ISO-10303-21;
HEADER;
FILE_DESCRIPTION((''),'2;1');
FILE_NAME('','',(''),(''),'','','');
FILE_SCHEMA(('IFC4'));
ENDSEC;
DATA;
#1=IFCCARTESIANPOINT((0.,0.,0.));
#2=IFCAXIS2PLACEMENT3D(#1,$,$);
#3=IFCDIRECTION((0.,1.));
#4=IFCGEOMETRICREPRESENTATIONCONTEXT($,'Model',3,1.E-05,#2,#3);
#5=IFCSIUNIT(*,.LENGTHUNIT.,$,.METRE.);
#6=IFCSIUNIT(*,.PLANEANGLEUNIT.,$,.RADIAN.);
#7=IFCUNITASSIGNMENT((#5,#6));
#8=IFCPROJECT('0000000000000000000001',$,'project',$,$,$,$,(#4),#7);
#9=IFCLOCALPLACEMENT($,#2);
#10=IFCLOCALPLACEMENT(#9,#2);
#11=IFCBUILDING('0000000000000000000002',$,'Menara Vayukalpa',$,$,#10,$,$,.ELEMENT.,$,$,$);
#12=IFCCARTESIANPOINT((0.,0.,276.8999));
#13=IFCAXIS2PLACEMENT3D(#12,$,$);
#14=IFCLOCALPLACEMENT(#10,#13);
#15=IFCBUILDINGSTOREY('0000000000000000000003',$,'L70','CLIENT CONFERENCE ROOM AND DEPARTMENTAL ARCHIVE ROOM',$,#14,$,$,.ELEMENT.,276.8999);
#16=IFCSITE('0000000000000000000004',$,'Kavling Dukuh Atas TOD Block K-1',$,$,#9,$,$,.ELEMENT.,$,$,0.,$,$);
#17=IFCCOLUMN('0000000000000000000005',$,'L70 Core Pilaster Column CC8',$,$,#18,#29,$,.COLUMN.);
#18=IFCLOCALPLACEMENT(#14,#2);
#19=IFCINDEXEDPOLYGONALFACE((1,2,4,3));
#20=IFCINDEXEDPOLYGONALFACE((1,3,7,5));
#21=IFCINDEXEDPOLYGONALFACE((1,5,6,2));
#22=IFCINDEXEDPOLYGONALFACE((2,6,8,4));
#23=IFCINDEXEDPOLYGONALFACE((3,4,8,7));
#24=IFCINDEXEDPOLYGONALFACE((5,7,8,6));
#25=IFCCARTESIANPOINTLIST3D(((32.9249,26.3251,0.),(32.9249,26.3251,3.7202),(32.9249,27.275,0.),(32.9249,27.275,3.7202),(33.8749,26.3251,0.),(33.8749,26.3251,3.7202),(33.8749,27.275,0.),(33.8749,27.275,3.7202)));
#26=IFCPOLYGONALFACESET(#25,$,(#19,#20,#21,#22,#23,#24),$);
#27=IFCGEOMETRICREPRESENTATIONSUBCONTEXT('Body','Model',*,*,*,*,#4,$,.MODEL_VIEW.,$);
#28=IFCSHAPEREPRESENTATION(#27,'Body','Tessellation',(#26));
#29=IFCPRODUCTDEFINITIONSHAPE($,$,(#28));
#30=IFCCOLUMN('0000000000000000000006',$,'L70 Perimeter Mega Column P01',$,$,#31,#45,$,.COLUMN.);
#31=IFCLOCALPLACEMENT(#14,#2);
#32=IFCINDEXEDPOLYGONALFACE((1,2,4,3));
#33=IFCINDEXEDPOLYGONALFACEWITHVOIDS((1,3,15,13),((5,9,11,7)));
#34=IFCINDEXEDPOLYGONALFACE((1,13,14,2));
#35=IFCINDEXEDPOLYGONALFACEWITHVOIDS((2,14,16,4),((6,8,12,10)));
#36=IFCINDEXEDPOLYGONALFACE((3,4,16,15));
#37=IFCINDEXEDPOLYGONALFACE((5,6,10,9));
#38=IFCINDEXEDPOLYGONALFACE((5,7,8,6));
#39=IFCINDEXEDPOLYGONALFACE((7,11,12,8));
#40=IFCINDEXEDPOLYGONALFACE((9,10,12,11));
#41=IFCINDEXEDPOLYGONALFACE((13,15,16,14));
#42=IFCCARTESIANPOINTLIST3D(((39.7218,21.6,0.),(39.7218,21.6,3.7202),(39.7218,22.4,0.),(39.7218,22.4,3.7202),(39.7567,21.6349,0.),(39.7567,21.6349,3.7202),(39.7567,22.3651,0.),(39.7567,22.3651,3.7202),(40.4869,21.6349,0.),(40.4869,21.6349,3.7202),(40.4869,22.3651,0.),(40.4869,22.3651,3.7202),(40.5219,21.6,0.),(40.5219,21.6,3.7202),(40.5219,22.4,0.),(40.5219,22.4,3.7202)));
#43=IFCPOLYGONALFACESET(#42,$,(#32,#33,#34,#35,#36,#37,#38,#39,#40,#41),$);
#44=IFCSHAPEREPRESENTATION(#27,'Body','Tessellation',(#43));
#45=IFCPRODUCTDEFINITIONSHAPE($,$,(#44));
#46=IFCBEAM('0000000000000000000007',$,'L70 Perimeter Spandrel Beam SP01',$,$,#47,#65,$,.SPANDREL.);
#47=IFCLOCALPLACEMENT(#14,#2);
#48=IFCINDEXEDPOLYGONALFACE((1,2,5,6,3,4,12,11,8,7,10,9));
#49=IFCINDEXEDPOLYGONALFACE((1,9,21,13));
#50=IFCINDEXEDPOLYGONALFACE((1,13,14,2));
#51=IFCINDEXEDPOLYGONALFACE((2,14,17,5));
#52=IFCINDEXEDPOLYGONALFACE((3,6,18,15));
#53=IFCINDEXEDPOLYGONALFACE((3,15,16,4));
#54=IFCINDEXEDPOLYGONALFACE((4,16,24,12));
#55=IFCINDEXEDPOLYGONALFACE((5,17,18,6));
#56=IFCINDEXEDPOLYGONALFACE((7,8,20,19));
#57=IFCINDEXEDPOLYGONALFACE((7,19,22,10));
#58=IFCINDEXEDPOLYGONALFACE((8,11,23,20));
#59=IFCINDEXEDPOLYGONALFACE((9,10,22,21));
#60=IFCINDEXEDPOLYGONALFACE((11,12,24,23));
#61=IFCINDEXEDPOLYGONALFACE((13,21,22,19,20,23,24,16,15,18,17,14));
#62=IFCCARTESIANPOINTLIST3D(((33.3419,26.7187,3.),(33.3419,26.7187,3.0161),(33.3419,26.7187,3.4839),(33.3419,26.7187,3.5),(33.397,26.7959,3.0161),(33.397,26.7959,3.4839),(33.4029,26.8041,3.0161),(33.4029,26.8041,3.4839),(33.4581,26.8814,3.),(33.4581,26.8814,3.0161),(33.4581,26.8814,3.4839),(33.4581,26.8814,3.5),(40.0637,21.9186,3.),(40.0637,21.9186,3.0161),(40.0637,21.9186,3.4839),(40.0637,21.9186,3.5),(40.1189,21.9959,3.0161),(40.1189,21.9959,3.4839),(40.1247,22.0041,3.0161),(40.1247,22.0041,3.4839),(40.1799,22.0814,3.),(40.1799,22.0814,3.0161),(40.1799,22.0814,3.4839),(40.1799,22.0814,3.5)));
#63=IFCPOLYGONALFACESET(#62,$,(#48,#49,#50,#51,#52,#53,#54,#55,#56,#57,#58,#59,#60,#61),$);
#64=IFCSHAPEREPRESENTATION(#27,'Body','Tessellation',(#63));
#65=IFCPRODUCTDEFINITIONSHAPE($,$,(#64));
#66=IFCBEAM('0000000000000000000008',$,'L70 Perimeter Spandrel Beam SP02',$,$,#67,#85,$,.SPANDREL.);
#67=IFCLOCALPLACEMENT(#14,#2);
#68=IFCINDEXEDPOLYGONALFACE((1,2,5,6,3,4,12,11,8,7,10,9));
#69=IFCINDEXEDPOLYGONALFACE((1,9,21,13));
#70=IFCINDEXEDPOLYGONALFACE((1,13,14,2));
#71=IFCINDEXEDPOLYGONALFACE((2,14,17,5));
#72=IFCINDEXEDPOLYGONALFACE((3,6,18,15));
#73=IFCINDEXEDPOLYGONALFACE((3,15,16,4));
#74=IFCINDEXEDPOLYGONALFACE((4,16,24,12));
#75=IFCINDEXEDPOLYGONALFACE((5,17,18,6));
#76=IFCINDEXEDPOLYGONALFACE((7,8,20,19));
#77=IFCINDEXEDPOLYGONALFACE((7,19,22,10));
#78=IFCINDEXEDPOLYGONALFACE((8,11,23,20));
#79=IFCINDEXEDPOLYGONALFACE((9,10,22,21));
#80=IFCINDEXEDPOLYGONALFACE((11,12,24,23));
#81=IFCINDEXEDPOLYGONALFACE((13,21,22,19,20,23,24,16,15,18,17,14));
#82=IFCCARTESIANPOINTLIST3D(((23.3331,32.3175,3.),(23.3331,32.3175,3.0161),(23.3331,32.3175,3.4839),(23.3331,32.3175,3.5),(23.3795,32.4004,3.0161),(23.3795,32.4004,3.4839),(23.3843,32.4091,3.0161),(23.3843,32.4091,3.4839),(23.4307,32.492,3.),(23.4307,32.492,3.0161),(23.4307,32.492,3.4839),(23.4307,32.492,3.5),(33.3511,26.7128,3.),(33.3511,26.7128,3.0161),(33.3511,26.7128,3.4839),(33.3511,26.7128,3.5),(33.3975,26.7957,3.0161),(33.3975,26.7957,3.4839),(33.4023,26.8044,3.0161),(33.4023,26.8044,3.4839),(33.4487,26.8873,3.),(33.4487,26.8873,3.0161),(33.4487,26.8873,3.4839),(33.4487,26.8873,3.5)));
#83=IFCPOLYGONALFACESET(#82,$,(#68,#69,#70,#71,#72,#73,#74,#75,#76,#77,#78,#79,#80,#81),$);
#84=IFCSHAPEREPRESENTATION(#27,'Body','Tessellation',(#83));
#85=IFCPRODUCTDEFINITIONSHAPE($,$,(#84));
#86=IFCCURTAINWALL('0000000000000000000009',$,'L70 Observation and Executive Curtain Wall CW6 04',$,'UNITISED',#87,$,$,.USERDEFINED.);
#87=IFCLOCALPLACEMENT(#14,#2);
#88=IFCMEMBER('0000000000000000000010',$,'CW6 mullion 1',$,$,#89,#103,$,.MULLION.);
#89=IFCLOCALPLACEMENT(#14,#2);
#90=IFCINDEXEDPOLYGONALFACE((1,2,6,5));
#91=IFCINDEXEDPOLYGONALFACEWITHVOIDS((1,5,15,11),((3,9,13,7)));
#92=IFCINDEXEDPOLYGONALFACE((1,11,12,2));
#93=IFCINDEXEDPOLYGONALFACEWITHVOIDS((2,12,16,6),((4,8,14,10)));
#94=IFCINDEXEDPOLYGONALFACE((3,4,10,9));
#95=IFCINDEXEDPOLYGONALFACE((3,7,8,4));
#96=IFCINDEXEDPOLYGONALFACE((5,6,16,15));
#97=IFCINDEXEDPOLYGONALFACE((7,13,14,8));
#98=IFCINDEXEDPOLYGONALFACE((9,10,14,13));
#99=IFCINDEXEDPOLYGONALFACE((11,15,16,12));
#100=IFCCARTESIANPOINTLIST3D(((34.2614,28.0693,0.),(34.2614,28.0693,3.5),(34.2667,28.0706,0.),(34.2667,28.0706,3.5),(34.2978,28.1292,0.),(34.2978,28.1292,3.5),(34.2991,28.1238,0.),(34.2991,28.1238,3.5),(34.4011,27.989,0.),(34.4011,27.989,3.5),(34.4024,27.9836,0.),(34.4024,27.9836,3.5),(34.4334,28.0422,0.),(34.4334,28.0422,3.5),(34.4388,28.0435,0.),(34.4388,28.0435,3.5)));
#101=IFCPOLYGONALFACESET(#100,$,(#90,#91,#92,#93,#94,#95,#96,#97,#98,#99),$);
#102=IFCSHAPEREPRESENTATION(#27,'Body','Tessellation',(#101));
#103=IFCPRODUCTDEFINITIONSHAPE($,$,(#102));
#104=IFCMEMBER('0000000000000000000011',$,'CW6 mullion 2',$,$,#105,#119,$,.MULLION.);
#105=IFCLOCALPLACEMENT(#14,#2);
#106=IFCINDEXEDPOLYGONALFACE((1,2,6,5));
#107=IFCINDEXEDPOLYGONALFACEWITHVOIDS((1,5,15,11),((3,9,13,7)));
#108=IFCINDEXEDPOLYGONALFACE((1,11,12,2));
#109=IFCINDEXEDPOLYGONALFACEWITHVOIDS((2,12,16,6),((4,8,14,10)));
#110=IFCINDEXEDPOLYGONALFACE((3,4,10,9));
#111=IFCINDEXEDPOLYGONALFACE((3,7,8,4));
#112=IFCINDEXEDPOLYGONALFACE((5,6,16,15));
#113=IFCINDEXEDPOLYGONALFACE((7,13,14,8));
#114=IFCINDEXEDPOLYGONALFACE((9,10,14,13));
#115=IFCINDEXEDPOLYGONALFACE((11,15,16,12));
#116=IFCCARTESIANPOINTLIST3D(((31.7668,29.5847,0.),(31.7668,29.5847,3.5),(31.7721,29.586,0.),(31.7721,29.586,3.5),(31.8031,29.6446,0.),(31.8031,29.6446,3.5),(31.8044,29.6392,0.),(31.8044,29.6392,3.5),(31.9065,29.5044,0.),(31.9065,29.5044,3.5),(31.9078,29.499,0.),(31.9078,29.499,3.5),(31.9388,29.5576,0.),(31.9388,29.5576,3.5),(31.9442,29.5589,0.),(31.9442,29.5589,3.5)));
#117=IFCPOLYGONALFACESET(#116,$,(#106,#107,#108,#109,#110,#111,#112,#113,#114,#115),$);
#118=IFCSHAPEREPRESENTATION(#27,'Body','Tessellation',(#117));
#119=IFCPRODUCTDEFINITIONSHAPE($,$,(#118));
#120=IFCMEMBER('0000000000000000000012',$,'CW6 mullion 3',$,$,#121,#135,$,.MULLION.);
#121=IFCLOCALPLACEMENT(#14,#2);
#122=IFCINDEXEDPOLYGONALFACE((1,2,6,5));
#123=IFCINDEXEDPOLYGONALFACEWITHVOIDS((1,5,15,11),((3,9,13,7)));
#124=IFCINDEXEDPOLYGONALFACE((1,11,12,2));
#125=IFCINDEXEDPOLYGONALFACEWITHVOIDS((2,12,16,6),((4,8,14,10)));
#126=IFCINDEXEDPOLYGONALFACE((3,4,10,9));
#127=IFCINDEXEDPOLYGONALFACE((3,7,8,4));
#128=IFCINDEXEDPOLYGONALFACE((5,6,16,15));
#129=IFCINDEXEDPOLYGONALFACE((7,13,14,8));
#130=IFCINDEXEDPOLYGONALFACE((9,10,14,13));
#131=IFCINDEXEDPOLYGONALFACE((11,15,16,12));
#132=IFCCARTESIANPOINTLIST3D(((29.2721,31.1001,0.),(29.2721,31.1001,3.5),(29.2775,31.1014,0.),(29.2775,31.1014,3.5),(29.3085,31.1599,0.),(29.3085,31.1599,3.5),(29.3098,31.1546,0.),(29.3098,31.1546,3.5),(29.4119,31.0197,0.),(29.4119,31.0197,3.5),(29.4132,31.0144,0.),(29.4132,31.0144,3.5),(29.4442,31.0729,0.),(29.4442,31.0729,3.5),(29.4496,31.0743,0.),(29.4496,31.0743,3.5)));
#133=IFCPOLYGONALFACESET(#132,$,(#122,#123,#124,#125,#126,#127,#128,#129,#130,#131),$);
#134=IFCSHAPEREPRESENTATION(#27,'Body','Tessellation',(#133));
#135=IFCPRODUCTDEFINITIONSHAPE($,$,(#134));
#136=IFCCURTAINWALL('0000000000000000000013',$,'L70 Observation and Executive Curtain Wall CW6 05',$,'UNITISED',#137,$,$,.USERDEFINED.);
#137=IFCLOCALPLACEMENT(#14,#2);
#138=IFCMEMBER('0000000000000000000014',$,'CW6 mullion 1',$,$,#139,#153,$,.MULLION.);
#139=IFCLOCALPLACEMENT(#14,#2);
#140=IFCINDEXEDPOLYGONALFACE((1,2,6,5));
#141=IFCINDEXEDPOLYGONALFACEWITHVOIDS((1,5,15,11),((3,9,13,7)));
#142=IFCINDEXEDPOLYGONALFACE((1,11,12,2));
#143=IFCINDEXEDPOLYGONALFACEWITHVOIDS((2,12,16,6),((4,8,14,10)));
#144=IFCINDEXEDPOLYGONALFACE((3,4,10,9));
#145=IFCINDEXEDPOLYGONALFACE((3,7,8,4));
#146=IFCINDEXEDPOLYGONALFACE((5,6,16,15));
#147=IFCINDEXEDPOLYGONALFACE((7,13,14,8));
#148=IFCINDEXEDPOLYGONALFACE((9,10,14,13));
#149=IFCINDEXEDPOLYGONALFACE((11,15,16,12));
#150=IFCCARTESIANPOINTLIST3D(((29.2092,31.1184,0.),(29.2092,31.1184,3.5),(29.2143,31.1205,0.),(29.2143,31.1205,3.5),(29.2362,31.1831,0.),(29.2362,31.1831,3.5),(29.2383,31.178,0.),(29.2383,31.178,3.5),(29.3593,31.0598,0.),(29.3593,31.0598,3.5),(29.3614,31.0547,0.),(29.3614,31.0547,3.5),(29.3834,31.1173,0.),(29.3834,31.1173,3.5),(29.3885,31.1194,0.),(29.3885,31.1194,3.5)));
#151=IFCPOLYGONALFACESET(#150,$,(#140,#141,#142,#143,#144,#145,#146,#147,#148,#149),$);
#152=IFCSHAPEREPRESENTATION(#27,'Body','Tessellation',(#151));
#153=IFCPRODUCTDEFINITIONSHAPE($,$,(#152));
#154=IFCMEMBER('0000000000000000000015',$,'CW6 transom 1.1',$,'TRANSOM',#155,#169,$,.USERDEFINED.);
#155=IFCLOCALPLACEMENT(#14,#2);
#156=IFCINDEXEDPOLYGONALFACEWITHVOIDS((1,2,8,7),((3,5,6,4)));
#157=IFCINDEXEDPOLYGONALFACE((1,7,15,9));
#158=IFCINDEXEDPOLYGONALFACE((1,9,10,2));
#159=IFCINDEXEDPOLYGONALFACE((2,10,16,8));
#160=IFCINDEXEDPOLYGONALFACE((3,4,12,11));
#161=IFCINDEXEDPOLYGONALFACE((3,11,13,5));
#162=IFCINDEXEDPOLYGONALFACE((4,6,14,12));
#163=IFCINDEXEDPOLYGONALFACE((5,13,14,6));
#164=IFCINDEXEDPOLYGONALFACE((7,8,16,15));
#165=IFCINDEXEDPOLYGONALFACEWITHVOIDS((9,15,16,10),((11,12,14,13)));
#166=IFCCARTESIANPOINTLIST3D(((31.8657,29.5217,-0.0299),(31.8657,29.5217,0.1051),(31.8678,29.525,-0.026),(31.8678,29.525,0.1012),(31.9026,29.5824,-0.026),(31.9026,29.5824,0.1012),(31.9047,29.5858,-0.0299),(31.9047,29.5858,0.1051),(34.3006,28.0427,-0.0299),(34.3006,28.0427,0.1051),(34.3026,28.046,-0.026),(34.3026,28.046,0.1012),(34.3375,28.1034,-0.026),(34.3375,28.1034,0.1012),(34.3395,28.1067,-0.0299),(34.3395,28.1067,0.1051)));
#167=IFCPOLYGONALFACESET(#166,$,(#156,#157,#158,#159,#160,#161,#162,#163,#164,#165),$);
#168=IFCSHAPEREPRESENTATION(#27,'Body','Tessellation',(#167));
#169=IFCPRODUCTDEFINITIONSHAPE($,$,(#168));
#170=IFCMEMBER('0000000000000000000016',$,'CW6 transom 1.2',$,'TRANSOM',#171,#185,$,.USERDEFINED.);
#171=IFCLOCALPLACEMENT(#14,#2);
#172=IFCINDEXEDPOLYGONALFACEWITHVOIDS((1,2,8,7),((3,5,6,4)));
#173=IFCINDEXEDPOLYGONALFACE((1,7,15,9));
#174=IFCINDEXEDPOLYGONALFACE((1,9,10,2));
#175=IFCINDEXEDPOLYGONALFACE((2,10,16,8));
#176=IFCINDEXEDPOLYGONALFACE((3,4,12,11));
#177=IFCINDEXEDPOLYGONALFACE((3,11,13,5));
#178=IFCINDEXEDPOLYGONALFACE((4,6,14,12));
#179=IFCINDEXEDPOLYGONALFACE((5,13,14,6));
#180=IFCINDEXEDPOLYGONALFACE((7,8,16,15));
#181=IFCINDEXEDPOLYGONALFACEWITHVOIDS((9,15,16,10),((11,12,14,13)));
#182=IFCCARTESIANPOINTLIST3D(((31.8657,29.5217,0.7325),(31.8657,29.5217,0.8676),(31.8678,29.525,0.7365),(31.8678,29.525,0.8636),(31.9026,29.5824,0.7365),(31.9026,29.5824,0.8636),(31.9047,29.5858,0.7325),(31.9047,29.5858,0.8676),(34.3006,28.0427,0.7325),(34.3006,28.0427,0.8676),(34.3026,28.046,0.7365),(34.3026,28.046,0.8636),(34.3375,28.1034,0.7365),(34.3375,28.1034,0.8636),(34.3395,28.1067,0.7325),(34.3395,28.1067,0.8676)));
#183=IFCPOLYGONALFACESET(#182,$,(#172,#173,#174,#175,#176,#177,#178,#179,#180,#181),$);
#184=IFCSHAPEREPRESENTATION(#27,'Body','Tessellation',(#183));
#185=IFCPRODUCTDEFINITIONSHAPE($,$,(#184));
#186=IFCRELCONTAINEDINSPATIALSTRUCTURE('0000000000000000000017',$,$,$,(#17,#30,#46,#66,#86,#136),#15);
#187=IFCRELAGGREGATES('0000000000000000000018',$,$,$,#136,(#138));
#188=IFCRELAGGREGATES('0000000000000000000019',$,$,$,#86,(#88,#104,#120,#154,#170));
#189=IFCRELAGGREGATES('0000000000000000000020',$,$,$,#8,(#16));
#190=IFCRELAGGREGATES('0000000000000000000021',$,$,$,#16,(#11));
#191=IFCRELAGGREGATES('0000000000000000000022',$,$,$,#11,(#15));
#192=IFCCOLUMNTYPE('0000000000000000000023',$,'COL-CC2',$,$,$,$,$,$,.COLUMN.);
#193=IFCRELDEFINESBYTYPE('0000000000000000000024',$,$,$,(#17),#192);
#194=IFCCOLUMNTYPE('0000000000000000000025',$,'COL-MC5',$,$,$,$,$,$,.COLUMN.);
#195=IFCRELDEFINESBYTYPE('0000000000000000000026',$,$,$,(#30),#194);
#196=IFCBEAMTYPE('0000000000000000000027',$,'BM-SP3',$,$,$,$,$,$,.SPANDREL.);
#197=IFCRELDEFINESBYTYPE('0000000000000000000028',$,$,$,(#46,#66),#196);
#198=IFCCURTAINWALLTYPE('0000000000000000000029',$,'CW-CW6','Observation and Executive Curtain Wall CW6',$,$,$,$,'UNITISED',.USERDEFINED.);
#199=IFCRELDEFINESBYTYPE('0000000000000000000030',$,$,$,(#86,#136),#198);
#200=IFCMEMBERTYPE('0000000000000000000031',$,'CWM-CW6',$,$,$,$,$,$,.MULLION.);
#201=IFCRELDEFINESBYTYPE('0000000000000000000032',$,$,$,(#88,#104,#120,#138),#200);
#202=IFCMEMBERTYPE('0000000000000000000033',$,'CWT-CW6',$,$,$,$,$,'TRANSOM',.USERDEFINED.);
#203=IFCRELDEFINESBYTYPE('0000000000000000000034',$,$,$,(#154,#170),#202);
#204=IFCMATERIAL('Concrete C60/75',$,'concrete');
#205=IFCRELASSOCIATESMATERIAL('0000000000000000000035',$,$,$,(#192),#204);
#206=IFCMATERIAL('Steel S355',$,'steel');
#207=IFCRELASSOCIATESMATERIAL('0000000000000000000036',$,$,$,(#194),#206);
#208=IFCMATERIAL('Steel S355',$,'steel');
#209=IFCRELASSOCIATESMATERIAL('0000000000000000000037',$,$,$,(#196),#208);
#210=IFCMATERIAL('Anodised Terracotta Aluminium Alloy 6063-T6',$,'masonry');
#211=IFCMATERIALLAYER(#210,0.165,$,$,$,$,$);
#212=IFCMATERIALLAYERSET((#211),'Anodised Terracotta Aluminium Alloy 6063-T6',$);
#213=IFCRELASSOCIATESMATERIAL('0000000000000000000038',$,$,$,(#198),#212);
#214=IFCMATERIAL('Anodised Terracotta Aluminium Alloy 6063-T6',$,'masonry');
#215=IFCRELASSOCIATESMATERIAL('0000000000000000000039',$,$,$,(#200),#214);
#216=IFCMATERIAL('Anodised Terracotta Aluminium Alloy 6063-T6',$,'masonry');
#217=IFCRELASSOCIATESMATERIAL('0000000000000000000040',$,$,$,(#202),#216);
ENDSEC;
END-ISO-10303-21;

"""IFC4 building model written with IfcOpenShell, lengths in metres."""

from ifc_helpers import new_model, si_unit, direction, frame, origin, origin_2d, place, context, subcontext, project, spatial, rectangle, hollow_rectangle, i_section, extrude, material, layer, layer_set, material_profile, profile_set, type_object, element, aggregate, save


model = new_model("IFC4")

# Units and contexts
model_context = context("Model", 3, precision=1e-05, world=origin(), true_north=direction((0.0, 1.0)))
body_context = subcontext(model_context, "Body", "Model", "MODEL_VIEW")
ifc_project = project(units=[si_unit("LENGTHUNIT", "METRE"), si_unit("PLANEANGLEUNIT", "RADIAN")], contexts=[model_context])

# Site, building, storey
site_placement = place(None, origin())
site = spatial("IfcSite", under=ifc_project, at=site_placement, Name="Kavling Dukuh Atas TOD Block K-1", CompositionType="ELEMENT", RefElevation=0.0)
building_placement = place(site_placement, origin())
building = spatial("IfcBuilding", under=site, at=building_placement, Name="Menara Vayukalpa", CompositionType="ELEMENT")
storey_placement = place(building_placement, frame((0.0, 0.0, 276.8999)))
storey = spatial("IfcBuildingStorey", under=building, at=storey_placement, Name="L70", Description="CLIENT CONFERENCE ROOM AND DEPARTMENTAL ARCHIVE ROOM", CompositionType="ELEMENT", Elevation=276.8999)

# Columns
ifc_material_1 = material(Name="Concrete C60/75", Category="concrete")
ifc_material_profile_1 = material_profile(ifc_material_1, rectangle(XDim=0.95, YDim=0.95, at=origin_2d()), Name="RC 950x950")
ifc_profile_set_1 = profile_set([ifc_material_profile_1], Name="Concrete C60/75")
column_type_1 = type_object("IfcColumnType", Name="COL-CC2", PredefinedType="COLUMN", material=ifc_profile_set_1)
column_1_placement = place(storey_placement, frame((33.3999, 26.8, 0.0), z_axis=(0.0, 0.0, 1.0), x_axis=(1.0, 0.0, 0.0)))
element("IfcColumn", 1, at=column_1_placement, inside=storey, type_object=column_type_1, Name="L70 Core Pilaster Column CC8", PredefinedType="COLUMN", context=body_context, shape_type="SweptSolid", body=[
    extrude(rectangle(XDim=0.95, YDim=0.95, at=origin_2d()), origin(), (0.0, 0.0, 1.0), 3.7202),
])
ifc_material_2 = material(Name="Steel S355", Category="steel")
ifc_material_profile_2 = material_profile(ifc_material_2, hollow_rectangle(XDim=0.8, YDim=0.8, WallThickness=0.0349, at=origin_2d()), Name="BOX 800x800x35")
ifc_profile_set_2 = profile_set([ifc_material_profile_2], Name="Steel S355")
column_type_2 = type_object("IfcColumnType", Name="COL-MC5", PredefinedType="COLUMN", material=ifc_profile_set_2)
column_2_placement = place(storey_placement, frame((40.1218, 22.0, 0.0), z_axis=(0.0, 0.0, 1.0), x_axis=(1.0, 0.0, 0.0)))
element("IfcColumn", 2, at=column_2_placement, inside=storey, type_object=column_type_2, Name="L70 Perimeter Mega Column P01", PredefinedType="COLUMN", context=body_context, shape_type="SweptSolid", body=[
    extrude(hollow_rectangle(XDim=0.8, YDim=0.8, WallThickness=0.0349, at=origin_2d()), origin(), (0.0, 0.0, 1.0), 3.7202),
])

# Beams
ifc_material_3 = material(Name="Steel S355", Category="steel")
ifc_material_profile_3 = material_profile(ifc_material_3, i_section(OverallWidth=0.2, OverallDepth=0.5, WebThickness=0.01, FlangeThickness=0.0161, at=origin_2d()), Name="WF 500x200x10x16")
ifc_profile_set_3 = profile_set([ifc_material_profile_3], Name="Steel S355")
beam_type = type_object("IfcBeamType", Name="BM-SP3", PredefinedType="SPANDREL", material=ifc_profile_set_3)
beam_1_placement = place(storey_placement, frame((40.1218, 22.0, 3.25), z_axis=(-0.813809, 0.581132, 0.0), x_axis=(-0.581132, -0.813809, 0.0)))
element("IfcBeam", 3, at=beam_1_placement, inside=storey, type_object=beam_type, Name="L70 Perimeter Spandrel Beam SP01", PredefinedType="SPANDREL", context=body_context, shape_type="SweptSolid", body=[
    extrude(i_section(OverallWidth=0.2, OverallDepth=0.5, WebThickness=0.01, FlangeThickness=0.0161, at=origin_2d()), origin(), (0.0, 0.0, 1.0), 8.2598),
])
beam_2_placement = place(storey_placement, frame((33.3999, 26.8, 3.25), z_axis=(-0.872706, 0.488246, 0.0), x_axis=(-0.488246, -0.872706, 0.0)))
element("IfcBeam", 4, at=beam_2_placement, inside=storey, type_object=beam_type, Name="L70 Perimeter Spandrel Beam SP02", PredefinedType="SPANDREL", context=body_context, shape_type="SweptSolid", body=[
    extrude(i_section(OverallWidth=0.2, OverallDepth=0.5, WebThickness=0.01, FlangeThickness=0.0161, at=origin_2d()), origin(), (0.0, 0.0, 1.0), 11.4792),
])

# Curtain wall, members
ifc_material_4 = material(Name="Anodised Terracotta Aluminium Alloy 6063-T6", Category="masonry")
ifc_layer_1 = layer(ifc_material_4, 0.165)
ifc_layer_set_1 = layer_set([ifc_layer_1], Name="Anodised Terracotta Aluminium Alloy 6063-T6")
curtain_wall_type = type_object("IfcCurtainWallType", Name="CW-CW6", Description="Observation and Executive Curtain Wall CW6", ElementType="UNITISED", PredefinedType="USERDEFINED", material=ifc_layer_set_1)
curtain_wall_1_placement = place(storey_placement, origin())
curtain_wall_1 = element("IfcCurtainWall", 5, at=curtain_wall_1_placement, inside=storey, type_object=curtain_wall_type, Name="L70 Observation and Executive Curtain Wall CW6 04", ObjectType="UNITISED", PredefinedType="USERDEFINED")
ifc_material_5 = material(Name="Anodised Terracotta Aluminium Alloy 6063-T6", Category="masonry")
ifc_material_profile_4 = material_profile(ifc_material_5, hollow_rectangle(XDim=0.0701, YDim=0.165, WallThickness=0.0039, at=origin_2d()), Name="ALU 70x165x4")
ifc_profile_set_4 = profile_set([ifc_material_profile_4], Name="Anodised Terracotta Aluminium Alloy 6063-T6")
member_type_1 = type_object("IfcMemberType", Name="CWM-CW6", PredefinedType="MULLION", material=ifc_profile_set_4)
member_1_placement = place(storey_placement, frame((34.3501, 28.0564, 0.0), z_axis=(0.0, 0.0, 1.0), x_axis=(-0.519176, -0.854668, 0.0)))
member_1 = element("IfcMember", 6, at=member_1_placement, type_object=member_type_1, Name="CW6 mullion 1", PredefinedType="MULLION", context=body_context, shape_type="SweptSolid", body=[
    extrude(hollow_rectangle(XDim=0.0701, YDim=0.165, WallThickness=0.0039, at=origin_2d()), origin(), (0.0, 0.0, 1.0), 3.5),
])
member_2_placement = place(storey_placement, frame((31.8555, 29.5718, 0.0), z_axis=(0.0, 0.0, 1.0), x_axis=(-0.519176, -0.854668, 0.0)))
member_2 = element("IfcMember", 7, at=member_2_placement, type_object=member_type_1, Name="CW6 mullion 2", PredefinedType="MULLION", context=body_context, shape_type="SweptSolid", body=[
    extrude(hollow_rectangle(XDim=0.0701, YDim=0.165, WallThickness=0.0039, at=origin_2d()), origin(), (0.0, 0.0, 1.0), 3.5),
])
member_3_placement = place(storey_placement, frame((29.3608, 31.0872, 0.0), z_axis=(0.0, 0.0, 1.0), x_axis=(-0.519176, -0.854668, 0.0)))
member_3 = element("IfcMember", 8, at=member_3_placement, type_object=member_type_1, Name="CW6 mullion 3", PredefinedType="MULLION", context=body_context, shape_type="SweptSolid", body=[
    extrude(hollow_rectangle(XDim=0.0701, YDim=0.165, WallThickness=0.0039, at=origin_2d()), origin(), (0.0, 0.0, 1.0), 3.5),
])

# Curtain wall, member
curtain_wall_2_placement = place(storey_placement, origin())
curtain_wall_2 = element("IfcCurtainWall", 9, at=curtain_wall_2_placement, inside=storey, type_object=curtain_wall_type, Name="L70 Observation and Executive Curtain Wall CW6 05", ObjectType="UNITISED", PredefinedType="USERDEFINED")
member_4_placement = place(storey_placement, frame((29.2988, 31.1189, 0.0), z_axis=(0.0, 0.0, 1.0), x_axis=(-0.3859, -0.922541, 0.0)))
member_4 = element("IfcMember", 10, at=member_4_placement, type_object=member_type_1, Name="CW6 mullion 1", PredefinedType="MULLION", context=body_context, shape_type="SweptSolid", body=[
    extrude(hollow_rectangle(XDim=0.0701, YDim=0.165, WallThickness=0.0039, at=origin_2d()), origin(), (0.0, 0.0, 1.0), 3.5),
])
aggregate(curtain_wall_2, [member_4])

# Members
ifc_material_6 = material(Name="Anodised Terracotta Aluminium Alloy 6063-T6", Category="masonry")
ifc_material_profile_5 = material_profile(ifc_material_6, hollow_rectangle(XDim=0.075, YDim=0.135, WallThickness=0.0039, at=origin_2d()), Name="ALU 75x135x4")
ifc_profile_set_5 = profile_set([ifc_material_profile_5], Name="Anodised Terracotta Aluminium Alloy 6063-T6")
member_type_2 = type_object("IfcMemberType", Name="CWT-CW6", ElementType="TRANSOM", PredefinedType="USERDEFINED", material=ifc_profile_set_5)
member_5_placement = place(storey_placement, frame((34.3201, 28.0747, 0.0376), z_axis=(-0.854675, 0.519164, 0.0), x_axis=(-0.519164, -0.854675, 0.0)))
member_5 = element("IfcMember", 11, at=member_5_placement, type_object=member_type_2, Name="CW6 transom 1.1", ObjectType="TRANSOM", PredefinedType="USERDEFINED", context=body_context, shape_type="SweptSolid", body=[
    extrude(hollow_rectangle(XDim=0.075, YDim=0.135, WallThickness=0.0039, at=origin_2d()), origin(), (0.0, 0.0, 1.0), 2.8489),
])
member_6_placement = place(storey_placement, frame((34.3201, 28.0747, 0.8), z_axis=(-0.854675, 0.519164, 0.0), x_axis=(-0.519164, -0.854675, 0.0)))
member_6 = element("IfcMember", 12, at=member_6_placement, type_object=member_type_2, Name="CW6 transom 1.2", ObjectType="TRANSOM", PredefinedType="USERDEFINED", context=body_context, shape_type="SweptSolid", body=[
    extrude(hollow_rectangle(XDim=0.075, YDim=0.135, WallThickness=0.0039, at=origin_2d()), origin(), (0.0, 0.0, 1.0), 2.8489),
])

aggregate(curtain_wall_1, [member_1, member_2, member_3, member_5, member_6])

save(model, "model.ifc")
